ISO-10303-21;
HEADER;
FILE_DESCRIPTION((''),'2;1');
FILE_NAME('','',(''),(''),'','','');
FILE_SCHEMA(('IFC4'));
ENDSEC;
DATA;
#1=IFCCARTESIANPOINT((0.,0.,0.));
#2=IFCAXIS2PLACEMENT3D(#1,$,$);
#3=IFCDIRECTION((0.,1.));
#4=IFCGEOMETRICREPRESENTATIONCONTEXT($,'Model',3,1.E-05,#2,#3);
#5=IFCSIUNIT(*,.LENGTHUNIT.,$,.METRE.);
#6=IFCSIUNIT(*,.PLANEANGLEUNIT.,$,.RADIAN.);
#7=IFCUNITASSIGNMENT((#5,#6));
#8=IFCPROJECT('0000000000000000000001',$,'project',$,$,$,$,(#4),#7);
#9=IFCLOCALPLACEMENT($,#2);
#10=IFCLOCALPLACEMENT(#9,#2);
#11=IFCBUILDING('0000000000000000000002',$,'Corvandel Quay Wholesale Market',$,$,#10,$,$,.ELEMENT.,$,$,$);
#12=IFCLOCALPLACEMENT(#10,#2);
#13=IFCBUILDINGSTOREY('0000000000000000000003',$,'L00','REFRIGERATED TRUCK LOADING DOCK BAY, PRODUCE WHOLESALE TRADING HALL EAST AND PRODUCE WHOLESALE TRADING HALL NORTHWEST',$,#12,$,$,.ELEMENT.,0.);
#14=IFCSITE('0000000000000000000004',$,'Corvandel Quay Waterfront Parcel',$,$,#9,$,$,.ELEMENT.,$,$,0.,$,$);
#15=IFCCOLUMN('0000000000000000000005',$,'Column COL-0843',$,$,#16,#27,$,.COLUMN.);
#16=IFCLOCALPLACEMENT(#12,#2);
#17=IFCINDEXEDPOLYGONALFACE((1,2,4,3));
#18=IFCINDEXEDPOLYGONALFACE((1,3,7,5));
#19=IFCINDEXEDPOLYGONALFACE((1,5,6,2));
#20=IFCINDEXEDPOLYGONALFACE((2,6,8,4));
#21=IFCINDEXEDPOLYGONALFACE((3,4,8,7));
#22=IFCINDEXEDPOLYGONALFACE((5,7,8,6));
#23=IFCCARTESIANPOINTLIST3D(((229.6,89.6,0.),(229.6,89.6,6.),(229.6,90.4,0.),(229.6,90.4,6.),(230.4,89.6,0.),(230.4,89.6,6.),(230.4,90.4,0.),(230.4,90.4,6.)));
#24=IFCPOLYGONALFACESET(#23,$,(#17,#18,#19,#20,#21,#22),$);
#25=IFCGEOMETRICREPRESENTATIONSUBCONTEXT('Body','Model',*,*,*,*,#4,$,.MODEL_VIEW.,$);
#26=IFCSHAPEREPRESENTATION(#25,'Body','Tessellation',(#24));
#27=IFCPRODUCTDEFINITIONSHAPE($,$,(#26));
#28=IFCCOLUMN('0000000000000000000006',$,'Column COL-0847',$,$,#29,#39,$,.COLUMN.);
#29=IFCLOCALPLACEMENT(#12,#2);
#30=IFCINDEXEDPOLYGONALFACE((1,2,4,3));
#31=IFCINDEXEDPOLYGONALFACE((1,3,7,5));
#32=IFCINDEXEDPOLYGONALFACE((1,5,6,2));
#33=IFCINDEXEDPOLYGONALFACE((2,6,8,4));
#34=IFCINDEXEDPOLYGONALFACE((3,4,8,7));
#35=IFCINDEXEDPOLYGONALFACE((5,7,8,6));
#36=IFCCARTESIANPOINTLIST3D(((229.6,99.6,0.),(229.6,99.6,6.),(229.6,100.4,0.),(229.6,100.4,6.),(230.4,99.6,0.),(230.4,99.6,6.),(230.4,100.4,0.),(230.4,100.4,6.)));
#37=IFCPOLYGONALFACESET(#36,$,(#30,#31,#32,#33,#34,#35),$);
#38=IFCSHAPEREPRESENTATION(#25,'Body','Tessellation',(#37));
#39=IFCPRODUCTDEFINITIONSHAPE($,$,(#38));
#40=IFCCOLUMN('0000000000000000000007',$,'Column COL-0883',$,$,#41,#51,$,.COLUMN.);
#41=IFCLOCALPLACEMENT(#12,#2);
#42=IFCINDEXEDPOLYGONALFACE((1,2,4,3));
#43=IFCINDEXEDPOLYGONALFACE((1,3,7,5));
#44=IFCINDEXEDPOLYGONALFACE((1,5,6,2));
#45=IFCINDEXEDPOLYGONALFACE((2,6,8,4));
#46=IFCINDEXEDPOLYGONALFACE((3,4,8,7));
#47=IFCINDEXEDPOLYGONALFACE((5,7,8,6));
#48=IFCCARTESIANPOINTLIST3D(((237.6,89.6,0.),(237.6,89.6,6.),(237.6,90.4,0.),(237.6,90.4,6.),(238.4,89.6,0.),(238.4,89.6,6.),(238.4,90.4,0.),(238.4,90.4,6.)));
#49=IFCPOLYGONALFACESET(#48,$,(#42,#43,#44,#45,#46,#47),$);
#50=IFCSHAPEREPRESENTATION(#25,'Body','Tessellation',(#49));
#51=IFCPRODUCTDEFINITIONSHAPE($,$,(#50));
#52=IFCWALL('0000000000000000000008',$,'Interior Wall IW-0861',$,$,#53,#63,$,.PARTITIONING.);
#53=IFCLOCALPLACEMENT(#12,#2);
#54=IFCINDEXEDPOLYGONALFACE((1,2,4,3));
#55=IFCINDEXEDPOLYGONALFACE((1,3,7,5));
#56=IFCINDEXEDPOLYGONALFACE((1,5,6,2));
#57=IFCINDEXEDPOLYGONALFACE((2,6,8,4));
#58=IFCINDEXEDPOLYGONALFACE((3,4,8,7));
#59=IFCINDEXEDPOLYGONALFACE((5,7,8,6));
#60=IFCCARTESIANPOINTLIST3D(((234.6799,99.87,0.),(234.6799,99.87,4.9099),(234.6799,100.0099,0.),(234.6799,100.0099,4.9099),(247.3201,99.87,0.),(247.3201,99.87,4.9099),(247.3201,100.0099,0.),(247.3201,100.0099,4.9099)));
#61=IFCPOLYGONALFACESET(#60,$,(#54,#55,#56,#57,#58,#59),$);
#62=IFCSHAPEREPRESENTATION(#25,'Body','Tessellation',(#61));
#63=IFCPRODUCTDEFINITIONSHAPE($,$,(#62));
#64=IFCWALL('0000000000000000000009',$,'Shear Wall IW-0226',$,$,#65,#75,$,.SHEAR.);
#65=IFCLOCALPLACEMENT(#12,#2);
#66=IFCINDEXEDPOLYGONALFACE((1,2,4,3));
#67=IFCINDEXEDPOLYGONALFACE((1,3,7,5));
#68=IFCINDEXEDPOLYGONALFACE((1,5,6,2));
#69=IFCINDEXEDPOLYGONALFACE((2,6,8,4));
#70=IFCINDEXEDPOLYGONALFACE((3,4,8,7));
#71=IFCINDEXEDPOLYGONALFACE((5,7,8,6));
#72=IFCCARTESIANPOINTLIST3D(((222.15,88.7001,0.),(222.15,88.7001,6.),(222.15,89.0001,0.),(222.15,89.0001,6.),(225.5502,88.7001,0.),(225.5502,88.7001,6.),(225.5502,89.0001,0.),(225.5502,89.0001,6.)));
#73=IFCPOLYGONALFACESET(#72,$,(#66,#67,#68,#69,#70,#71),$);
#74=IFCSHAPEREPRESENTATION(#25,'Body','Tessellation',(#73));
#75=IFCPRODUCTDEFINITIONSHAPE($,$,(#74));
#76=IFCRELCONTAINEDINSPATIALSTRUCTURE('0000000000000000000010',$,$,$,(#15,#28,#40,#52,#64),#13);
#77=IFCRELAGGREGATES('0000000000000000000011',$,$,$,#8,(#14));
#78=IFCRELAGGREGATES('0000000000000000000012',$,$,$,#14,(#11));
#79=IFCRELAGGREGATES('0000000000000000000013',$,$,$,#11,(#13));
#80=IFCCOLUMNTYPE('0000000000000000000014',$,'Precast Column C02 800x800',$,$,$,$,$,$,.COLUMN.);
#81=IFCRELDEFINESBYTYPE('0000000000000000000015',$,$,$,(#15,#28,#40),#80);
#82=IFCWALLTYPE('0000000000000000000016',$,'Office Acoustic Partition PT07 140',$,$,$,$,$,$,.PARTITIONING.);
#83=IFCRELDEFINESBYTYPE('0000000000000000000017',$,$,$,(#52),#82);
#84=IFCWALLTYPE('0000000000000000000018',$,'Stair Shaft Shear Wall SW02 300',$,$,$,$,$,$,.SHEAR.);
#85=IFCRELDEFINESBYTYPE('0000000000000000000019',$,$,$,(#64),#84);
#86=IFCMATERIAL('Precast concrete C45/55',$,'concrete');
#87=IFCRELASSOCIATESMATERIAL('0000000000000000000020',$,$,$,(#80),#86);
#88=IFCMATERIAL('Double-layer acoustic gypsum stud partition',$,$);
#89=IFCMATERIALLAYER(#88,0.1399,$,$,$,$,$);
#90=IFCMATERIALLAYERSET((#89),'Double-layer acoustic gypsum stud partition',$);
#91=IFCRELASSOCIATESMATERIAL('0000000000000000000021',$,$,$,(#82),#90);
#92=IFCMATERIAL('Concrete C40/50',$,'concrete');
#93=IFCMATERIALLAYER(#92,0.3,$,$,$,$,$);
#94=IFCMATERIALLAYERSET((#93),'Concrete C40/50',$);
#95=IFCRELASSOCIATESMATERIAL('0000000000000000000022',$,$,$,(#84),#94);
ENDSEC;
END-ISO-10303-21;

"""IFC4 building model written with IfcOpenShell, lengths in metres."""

from ifc_helpers import new_model, si_unit, direction, frame, frame_2d, origin, origin_2d, place, context, subcontext, project, spatial, rectangle, extrude, material, layer, layer_set, material_profile, profile_set, type_object, element, save


model = new_model("IFC4")

# Units and contexts
model_context = context("Model", 3, precision=1e-05, world=origin(), true_north=direction((0.0, 1.0)))
body_context = subcontext(model_context, "Body", "Model", "MODEL_VIEW")
ifc_project = project(units=[si_unit("LENGTHUNIT", "METRE"), si_unit("PLANEANGLEUNIT", "RADIAN")], contexts=[model_context])

# Site, building, storey
site_placement = place(None, origin())
site = spatial("IfcSite", under=ifc_project, at=site_placement, Name="Corvandel Quay Waterfront Parcel", CompositionType="ELEMENT", RefElevation=0.0)
building_placement = place(site_placement, origin())
building = spatial("IfcBuilding", under=site, at=building_placement, Name="Corvandel Quay Wholesale Market", CompositionType="ELEMENT")
storey_placement = place(building_placement, origin())
storey = spatial("IfcBuildingStorey", under=building, at=storey_placement, Name="L00", Description="REFRIGERATED TRUCK LOADING DOCK BAY, PRODUCE WHOLESALE TRADING HALL EAST AND PRODUCE WHOLESALE TRADING HALL NORTHWEST", CompositionType="ELEMENT", Elevation=0.0)

# Shared definitions
ifc_material_1 = material(Name="Concrete C40/50", Category="concrete")

# Columns
ifc_material_2 = material(Name="Precast concrete C45/55", Category="concrete")
ifc_material_profile_1 = material_profile(ifc_material_2, rectangle(XDim=0.8, YDim=0.8, at=origin_2d()), Name="PC-COL-800x800")
ifc_profile_set_1 = profile_set([ifc_material_profile_1], Name="Precast concrete C45/55")
column_type = type_object("IfcColumnType", Name="Precast Column C02 800x800", PredefinedType="COLUMN", material=ifc_profile_set_1)
for number, where, z_axis, x_axis, name in (
    (1, (230.0, 90.0, 0.0), (0.0, 0.0, 1.0), (1.0, 0.0, 0.0), "Column COL-0843"),
    (2, (230.0, 100.0, 0.0), (0.0, 0.0, 1.0), (1.0, 0.0, 0.0), "Column COL-0847"),
    (3, (238.0, 90.0, 0.0), (0.0, 0.0, 1.0), (1.0, 0.0, 0.0), "Column COL-0883"),
):
    element("IfcColumn", number, at=place(storey_placement, frame(where, z_axis=z_axis, x_axis=x_axis)), inside=storey, type_object=column_type, Name=name, PredefinedType="COLUMN", context=body_context, shape_type="SweptSolid", body=[
        extrude(rectangle(XDim=0.8, YDim=0.8, at=origin_2d()), origin(), (0.0, 0.0, 1.0), 6.0),
    ])

# Walls
ifc_material_3 = material(Name="Double-layer acoustic gypsum stud partition")
ifc_layer_1 = layer(ifc_material_3, 0.1399)
ifc_layer_set_1 = layer_set([ifc_layer_1], Name="Double-layer acoustic gypsum stud partition")
wall_type_1 = type_object("IfcWallType", Name="Office Acoustic Partition PT07 140", PredefinedType="PARTITIONING", material=ifc_layer_set_1)
wall_1_placement = place(storey_placement, frame((234.6799, 99.9399, 0.0), z_axis=(0.0, 0.0, 1.0), x_axis=(1.0, 0.0, 0.0)))
element("IfcWall", 4, at=wall_1_placement, inside=storey, type_object=wall_type_1, Name="Interior Wall IW-0861", PredefinedType="PARTITIONING", context=body_context, shape_type="SweptSolid", body=[
    extrude(rectangle(XDim=12.6401, YDim=0.1399, at=frame_2d((6.3201, 0.0))), origin(), (0.0, 0.0, 1.0), 4.9099),
])
ifc_layer_2 = layer(ifc_material_1, 0.3)
ifc_layer_set_2 = layer_set([ifc_layer_2], Name="Concrete C40/50")
wall_type_2 = type_object("IfcWallType", Name="Stair Shaft Shear Wall SW02 300", PredefinedType="SHEAR", material=ifc_layer_set_2)
wall_2_placement = place(storey_placement, frame((222.1499, 88.8501, 0.0), z_axis=(0.0, 0.0, 1.0), x_axis=(1.0, 0.0, 0.0)))
element("IfcWall", 5, at=wall_2_placement, inside=storey, type_object=wall_type_2, Name="Shear Wall IW-0226", PredefinedType="SHEAR", context=body_context, shape_type="SweptSolid", body=[
    extrude(rectangle(XDim=3.4001, YDim=0.3, at=frame_2d((1.7002, 0.0))), origin(), (0.0, 0.0, 1.0), 6.0),
])

save(model, "model.ifc")
